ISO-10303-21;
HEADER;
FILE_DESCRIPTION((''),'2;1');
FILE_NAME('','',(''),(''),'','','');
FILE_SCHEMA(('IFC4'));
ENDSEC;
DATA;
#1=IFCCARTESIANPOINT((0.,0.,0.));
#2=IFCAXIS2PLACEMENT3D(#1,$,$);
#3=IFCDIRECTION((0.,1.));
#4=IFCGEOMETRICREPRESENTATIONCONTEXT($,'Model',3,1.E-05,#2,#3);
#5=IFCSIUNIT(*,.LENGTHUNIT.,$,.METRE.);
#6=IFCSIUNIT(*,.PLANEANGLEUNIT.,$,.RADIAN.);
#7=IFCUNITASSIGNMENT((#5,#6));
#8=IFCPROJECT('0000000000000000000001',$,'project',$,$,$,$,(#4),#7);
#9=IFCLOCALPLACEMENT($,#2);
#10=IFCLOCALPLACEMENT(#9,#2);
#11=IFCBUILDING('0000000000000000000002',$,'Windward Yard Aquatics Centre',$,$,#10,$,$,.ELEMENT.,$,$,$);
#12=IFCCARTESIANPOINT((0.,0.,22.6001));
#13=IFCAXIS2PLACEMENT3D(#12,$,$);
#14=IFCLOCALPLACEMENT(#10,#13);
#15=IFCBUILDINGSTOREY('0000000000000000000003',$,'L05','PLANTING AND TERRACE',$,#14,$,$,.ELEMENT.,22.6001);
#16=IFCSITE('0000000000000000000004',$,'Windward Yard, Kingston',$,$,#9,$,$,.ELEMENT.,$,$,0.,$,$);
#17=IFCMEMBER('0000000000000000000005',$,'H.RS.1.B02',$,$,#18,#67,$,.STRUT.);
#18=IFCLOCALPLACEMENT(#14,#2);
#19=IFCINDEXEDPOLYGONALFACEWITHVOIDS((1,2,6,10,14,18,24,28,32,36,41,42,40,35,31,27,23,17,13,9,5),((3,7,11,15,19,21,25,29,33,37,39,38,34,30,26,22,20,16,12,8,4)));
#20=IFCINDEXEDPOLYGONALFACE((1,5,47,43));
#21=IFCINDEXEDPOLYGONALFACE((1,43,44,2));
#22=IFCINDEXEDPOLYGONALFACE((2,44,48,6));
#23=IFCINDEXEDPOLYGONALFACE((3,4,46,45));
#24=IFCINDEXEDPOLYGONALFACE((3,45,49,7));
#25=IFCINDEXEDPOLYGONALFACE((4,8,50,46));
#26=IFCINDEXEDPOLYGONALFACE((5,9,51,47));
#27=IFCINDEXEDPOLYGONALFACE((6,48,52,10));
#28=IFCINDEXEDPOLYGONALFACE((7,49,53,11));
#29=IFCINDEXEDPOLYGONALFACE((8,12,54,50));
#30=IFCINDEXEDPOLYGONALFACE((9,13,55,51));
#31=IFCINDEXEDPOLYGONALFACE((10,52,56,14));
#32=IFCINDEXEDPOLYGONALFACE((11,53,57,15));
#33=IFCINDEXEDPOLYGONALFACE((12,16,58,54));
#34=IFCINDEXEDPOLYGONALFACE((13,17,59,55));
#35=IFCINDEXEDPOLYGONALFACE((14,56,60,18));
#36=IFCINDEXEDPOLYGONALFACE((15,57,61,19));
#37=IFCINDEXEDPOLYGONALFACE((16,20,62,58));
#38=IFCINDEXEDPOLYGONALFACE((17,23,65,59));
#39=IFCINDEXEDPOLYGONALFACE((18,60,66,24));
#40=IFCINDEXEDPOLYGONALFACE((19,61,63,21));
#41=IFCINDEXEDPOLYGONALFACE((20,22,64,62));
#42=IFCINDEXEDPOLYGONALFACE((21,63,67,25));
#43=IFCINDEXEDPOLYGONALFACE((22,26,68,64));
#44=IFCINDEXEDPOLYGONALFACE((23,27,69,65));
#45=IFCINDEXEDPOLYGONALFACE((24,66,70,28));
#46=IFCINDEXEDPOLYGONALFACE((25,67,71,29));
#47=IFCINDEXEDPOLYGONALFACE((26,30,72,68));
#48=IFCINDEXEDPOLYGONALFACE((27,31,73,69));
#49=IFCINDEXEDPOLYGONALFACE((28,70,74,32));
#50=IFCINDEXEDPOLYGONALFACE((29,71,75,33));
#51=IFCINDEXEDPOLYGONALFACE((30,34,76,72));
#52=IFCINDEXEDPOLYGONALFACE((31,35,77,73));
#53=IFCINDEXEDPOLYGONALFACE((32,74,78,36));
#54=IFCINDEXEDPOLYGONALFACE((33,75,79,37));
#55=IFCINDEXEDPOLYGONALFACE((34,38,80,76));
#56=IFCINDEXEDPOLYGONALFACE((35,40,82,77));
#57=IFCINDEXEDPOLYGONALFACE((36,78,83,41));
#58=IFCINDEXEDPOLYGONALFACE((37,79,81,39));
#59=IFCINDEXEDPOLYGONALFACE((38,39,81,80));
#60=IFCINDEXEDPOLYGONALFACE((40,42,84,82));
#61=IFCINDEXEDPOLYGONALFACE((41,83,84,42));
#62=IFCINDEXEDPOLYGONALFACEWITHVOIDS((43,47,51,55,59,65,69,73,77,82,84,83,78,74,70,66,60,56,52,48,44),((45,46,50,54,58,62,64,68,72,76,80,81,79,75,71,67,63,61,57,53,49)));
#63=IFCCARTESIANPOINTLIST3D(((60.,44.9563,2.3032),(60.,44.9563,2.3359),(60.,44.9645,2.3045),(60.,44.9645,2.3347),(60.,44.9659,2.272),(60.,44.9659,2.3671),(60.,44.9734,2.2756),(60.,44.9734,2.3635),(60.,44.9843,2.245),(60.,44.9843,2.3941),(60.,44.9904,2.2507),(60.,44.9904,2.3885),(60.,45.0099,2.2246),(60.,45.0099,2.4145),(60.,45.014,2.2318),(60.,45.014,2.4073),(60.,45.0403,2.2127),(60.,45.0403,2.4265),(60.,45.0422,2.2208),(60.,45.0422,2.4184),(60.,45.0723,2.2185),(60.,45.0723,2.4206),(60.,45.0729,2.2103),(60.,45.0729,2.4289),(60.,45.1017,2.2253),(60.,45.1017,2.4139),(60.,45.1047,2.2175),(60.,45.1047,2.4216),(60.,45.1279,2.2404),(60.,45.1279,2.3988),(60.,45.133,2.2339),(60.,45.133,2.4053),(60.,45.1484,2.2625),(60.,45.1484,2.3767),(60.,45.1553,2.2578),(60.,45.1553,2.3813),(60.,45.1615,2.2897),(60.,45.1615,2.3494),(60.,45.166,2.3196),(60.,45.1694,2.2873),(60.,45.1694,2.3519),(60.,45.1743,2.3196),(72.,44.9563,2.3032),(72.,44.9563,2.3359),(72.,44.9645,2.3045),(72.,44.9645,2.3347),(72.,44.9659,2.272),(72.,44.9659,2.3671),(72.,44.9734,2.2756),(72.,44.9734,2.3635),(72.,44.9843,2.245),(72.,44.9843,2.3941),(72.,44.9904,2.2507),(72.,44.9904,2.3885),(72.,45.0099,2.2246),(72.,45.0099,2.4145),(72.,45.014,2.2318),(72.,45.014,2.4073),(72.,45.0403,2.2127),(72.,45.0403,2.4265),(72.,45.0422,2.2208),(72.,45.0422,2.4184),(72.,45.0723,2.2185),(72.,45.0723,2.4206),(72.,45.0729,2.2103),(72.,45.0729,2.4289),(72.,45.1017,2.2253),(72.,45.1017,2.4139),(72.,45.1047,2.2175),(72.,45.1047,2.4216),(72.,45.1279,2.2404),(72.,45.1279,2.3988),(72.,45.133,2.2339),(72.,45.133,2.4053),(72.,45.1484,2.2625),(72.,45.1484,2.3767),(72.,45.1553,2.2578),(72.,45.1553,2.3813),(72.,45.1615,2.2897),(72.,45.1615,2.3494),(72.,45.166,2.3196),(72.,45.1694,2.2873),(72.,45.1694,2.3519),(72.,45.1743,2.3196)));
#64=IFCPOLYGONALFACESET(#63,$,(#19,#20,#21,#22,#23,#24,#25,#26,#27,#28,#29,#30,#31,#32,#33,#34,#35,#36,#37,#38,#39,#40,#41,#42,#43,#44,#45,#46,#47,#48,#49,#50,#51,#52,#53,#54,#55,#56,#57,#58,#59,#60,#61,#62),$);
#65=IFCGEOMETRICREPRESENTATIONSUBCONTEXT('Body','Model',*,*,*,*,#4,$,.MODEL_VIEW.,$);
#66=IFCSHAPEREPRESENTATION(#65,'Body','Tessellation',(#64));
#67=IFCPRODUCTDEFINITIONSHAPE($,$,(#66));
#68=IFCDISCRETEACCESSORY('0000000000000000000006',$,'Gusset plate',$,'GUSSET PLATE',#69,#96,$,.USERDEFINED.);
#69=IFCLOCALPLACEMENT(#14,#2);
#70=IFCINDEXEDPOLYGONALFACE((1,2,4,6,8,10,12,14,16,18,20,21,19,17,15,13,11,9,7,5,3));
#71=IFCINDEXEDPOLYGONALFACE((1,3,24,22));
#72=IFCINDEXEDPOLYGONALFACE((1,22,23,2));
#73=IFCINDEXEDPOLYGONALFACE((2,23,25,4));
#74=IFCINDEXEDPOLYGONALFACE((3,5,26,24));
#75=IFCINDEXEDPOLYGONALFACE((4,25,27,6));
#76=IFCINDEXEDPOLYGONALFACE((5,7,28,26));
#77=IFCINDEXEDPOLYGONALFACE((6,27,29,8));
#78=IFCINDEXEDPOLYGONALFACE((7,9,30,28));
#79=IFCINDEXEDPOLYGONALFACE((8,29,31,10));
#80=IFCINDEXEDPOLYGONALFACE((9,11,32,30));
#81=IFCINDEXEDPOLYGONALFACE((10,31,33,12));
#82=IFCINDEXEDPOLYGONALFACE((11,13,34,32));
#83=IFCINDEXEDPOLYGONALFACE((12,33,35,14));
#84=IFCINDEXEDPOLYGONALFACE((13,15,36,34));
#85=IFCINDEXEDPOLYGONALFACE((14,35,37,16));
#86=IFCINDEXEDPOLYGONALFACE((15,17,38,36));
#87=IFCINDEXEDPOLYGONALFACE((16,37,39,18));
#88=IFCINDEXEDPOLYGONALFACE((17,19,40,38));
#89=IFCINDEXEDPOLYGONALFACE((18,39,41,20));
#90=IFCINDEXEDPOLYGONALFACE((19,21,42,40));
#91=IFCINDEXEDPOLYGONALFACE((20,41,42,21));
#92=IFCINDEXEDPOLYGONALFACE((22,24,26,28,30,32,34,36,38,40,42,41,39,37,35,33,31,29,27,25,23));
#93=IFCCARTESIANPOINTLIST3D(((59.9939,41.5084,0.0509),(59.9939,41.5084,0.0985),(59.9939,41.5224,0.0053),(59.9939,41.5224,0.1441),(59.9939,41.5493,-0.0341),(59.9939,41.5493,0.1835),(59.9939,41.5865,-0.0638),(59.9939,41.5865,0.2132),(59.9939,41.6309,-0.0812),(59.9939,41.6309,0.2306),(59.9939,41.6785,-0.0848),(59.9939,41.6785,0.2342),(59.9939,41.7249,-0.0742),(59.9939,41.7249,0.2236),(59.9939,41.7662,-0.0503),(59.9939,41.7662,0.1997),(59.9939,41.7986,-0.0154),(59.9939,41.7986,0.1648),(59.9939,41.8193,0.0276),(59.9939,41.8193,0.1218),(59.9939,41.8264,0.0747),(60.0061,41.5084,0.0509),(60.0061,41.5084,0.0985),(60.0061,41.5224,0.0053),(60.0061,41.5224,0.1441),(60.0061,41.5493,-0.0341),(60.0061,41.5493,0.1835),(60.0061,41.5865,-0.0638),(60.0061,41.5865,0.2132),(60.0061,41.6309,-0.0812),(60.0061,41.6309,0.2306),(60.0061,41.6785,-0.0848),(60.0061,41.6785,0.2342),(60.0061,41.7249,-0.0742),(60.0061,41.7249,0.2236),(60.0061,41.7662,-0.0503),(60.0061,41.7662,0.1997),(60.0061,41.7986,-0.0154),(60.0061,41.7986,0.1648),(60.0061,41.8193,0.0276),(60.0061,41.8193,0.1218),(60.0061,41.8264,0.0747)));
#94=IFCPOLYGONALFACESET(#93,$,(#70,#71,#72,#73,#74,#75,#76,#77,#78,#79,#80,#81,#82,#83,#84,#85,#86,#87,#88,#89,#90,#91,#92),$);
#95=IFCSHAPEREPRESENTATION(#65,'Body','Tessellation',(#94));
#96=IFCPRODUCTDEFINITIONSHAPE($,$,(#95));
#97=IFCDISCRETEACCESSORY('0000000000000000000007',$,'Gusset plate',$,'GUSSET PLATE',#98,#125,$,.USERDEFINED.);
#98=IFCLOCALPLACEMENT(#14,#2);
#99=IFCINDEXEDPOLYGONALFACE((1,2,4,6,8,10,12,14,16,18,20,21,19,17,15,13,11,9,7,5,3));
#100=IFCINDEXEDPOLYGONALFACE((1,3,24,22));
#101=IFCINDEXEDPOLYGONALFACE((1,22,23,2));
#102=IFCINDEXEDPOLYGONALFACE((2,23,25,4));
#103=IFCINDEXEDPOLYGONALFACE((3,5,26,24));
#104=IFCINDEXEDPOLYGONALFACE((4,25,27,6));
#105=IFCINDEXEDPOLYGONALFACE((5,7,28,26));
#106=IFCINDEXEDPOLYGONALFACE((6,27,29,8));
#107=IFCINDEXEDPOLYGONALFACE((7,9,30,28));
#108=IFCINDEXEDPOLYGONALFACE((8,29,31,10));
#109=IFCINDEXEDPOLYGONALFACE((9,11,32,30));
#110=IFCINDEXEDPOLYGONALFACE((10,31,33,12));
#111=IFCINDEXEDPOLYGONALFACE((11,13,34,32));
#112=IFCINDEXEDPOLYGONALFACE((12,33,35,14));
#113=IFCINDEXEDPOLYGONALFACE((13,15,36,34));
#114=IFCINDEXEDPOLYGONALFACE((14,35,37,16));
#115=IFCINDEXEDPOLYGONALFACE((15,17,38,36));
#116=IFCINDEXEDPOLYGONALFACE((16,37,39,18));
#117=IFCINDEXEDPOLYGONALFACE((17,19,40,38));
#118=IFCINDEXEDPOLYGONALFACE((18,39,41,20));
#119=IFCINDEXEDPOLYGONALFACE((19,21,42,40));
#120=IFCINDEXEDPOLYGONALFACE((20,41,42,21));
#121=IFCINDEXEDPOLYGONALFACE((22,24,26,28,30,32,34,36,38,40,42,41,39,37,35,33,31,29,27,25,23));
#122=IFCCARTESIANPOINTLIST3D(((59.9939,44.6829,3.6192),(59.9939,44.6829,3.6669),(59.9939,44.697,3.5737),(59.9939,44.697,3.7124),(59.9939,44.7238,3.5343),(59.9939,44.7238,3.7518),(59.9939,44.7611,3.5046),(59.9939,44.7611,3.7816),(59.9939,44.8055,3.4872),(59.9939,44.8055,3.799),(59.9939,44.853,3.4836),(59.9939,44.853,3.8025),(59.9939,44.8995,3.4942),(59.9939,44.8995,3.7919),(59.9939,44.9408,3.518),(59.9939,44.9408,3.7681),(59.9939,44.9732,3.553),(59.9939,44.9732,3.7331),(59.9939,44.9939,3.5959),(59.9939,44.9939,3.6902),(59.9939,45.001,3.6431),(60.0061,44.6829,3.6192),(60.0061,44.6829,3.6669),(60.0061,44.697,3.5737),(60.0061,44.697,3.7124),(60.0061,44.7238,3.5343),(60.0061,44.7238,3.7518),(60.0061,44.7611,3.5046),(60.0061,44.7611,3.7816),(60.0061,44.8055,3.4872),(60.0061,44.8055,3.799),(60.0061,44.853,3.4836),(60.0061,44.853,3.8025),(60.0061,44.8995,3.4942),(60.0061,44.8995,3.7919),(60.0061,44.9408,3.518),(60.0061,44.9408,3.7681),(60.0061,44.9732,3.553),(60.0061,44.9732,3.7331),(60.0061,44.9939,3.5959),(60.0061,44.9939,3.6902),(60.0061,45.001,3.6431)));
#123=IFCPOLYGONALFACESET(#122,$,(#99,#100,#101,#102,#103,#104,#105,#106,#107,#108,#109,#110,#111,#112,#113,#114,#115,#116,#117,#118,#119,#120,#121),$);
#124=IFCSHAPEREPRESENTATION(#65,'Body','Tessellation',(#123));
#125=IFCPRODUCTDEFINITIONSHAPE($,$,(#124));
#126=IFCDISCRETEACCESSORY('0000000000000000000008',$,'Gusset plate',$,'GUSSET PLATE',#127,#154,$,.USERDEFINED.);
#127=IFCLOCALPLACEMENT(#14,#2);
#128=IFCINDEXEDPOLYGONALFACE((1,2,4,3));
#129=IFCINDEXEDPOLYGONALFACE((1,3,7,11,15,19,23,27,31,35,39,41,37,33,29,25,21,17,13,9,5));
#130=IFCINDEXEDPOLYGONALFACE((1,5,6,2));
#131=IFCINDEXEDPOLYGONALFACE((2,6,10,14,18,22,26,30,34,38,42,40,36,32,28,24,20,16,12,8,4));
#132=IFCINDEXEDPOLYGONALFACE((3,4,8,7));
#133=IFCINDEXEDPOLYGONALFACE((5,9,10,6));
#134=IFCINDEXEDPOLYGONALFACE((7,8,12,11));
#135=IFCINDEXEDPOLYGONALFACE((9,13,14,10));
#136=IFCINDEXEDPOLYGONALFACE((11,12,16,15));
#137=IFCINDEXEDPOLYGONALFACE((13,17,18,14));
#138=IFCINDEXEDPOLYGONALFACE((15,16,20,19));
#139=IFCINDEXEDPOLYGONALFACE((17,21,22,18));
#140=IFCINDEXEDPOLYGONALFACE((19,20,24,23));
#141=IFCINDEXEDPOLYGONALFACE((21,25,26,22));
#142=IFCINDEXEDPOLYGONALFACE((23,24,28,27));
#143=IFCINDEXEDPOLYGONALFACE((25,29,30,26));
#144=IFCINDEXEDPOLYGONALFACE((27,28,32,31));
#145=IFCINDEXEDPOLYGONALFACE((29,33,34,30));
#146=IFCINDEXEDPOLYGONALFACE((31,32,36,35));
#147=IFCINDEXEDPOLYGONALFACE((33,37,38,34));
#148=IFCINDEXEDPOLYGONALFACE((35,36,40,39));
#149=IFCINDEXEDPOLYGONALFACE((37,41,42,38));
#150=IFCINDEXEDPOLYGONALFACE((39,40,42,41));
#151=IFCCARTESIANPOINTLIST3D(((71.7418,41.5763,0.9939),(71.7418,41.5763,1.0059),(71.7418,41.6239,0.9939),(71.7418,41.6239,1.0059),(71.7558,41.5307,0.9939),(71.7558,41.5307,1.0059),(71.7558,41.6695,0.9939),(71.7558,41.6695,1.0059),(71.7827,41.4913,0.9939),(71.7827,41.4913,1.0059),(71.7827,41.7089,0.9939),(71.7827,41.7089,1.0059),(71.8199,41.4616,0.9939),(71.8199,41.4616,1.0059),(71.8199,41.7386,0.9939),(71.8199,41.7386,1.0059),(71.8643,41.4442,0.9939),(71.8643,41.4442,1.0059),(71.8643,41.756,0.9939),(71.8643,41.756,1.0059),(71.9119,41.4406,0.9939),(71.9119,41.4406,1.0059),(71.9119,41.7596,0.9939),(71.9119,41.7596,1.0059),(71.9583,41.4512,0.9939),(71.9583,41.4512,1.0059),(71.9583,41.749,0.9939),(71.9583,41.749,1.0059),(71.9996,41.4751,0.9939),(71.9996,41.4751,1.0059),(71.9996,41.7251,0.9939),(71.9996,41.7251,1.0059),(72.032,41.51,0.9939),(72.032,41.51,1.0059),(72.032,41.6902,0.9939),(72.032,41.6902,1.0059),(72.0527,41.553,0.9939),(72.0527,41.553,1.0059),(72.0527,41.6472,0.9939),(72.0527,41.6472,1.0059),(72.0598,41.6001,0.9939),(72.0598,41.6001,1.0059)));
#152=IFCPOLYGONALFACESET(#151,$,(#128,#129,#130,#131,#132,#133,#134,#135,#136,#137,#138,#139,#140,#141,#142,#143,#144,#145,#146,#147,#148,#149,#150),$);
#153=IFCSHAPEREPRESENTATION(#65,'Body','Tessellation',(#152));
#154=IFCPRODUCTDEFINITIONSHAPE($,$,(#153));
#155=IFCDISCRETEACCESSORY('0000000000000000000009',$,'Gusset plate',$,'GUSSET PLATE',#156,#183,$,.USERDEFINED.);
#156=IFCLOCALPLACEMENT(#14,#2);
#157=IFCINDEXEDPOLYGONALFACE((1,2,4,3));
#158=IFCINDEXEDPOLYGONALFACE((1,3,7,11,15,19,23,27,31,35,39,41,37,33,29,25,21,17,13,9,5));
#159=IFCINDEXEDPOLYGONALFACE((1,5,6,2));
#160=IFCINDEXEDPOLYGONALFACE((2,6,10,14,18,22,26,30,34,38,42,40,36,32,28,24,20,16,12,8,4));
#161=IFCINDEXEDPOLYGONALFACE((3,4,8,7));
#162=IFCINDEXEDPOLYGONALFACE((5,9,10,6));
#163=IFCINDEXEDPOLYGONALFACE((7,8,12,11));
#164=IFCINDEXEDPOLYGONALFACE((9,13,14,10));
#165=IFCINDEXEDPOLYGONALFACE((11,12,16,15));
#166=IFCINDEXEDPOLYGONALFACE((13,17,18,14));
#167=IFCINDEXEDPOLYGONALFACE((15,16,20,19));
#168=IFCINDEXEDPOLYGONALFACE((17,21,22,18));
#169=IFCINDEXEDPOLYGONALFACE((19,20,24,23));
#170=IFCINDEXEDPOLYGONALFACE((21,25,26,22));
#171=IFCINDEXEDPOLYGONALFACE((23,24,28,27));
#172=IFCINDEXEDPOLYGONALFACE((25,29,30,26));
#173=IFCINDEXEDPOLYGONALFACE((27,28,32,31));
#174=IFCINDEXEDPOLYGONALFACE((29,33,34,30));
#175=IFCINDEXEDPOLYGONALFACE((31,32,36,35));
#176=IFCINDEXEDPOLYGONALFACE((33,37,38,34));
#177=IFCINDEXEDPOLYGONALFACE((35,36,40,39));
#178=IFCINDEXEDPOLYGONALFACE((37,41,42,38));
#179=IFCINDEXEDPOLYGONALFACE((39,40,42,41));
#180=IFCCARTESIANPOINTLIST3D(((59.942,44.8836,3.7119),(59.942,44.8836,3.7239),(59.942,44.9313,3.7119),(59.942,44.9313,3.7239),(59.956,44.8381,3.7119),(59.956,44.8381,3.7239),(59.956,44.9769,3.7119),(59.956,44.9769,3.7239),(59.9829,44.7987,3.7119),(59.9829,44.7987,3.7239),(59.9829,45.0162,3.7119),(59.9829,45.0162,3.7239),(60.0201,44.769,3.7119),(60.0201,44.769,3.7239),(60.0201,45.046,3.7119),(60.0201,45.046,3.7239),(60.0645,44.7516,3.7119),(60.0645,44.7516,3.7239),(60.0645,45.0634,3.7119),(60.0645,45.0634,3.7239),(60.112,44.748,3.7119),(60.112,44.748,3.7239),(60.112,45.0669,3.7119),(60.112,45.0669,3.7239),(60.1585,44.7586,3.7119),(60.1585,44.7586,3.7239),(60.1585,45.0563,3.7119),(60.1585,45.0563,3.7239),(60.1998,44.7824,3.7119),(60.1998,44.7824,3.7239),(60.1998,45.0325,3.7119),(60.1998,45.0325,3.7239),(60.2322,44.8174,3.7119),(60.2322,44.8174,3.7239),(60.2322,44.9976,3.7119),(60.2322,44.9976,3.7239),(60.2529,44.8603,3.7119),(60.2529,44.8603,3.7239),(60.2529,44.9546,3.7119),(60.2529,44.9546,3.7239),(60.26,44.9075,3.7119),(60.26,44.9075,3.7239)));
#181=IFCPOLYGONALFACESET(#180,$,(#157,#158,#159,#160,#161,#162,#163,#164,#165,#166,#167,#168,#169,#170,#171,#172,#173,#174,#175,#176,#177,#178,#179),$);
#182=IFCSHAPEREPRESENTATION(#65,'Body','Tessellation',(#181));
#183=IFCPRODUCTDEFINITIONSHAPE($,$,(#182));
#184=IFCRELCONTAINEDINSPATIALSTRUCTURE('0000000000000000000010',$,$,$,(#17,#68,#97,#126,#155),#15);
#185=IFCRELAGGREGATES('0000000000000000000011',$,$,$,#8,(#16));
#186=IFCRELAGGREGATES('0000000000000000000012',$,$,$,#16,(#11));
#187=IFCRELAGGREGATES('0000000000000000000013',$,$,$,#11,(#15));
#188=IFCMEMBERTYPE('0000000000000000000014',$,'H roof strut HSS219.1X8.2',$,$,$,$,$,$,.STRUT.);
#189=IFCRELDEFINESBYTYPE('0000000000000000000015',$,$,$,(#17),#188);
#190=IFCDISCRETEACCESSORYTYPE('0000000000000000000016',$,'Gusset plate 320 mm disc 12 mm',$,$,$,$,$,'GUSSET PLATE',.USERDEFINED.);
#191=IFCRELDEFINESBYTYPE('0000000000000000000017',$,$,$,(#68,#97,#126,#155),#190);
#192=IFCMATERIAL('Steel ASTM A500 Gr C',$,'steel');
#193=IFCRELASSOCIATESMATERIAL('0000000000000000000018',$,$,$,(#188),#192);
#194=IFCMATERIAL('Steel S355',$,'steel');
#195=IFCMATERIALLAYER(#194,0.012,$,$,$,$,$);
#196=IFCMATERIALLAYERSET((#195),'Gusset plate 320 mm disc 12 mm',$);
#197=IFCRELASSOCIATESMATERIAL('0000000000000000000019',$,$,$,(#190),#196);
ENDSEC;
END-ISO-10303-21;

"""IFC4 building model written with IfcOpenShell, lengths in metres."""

from ifc_helpers import new_model, si_unit, direction, frame, origin, origin_2d, place, context, subcontext, project, spatial, circle, hollow_circle, extrude, material, layer, layer_set, material_profile, profile_set, type_object, element, save


model = new_model("IFC4")

# Units and contexts
model_context = context("Model", 3, precision=1e-05, world=origin(), true_north=direction((0.0, 1.0)))
body_context = subcontext(model_context, "Body", "Model", "MODEL_VIEW")
ifc_project = project(units=[si_unit("LENGTHUNIT", "METRE"), si_unit("PLANEANGLEUNIT", "RADIAN")], contexts=[model_context])

# Site, building, storey
site_placement = place(None, origin())
site = spatial("IfcSite", under=ifc_project, at=site_placement, Name="Windward Yard, Kingston", CompositionType="ELEMENT", RefElevation=0.0)
building_placement = place(site_placement, origin())
building = spatial("IfcBuilding", under=site, at=building_placement, Name="Windward Yard Aquatics Centre", CompositionType="ELEMENT")
storey_placement = place(building_placement, frame((0.0, 0.0, 22.6001)))
storey = spatial("IfcBuildingStorey", under=building, at=storey_placement, Name="L05", Description="PLANTING AND TERRACE", CompositionType="ELEMENT", Elevation=22.6001)

# Member
ifc_material_1 = material(Name="Steel ASTM A500 Gr C", Category="steel")
ifc_material_profile_1 = material_profile(ifc_material_1, hollow_circle(Radius=0.1096, WallThickness=0.0083, at=origin_2d()), Name="HSS219.1X8.2")
ifc_profile_set_1 = profile_set([ifc_material_profile_1], Name="Steel ASTM A500 Gr C")
member_type_1 = type_object("IfcMemberType", Name="H roof strut HSS219.1X8.2", PredefinedType="STRUT", material=ifc_profile_set_1)
for number, where, z_axis, x_axis, name in (
    (1, (60.0, 45.0647, 2.3196), (1.0, 0.0, 0.0), (0.0, 1.0, 0.0), "H.RS.1.B02"),
):
    element("IfcMember", number, at=place(storey_placement, frame(where, z_axis=z_axis, x_axis=x_axis)), inside=storey, type_object=member_type_1, Name=name, PredefinedType="STRUT", context=body_context, shape_type="SweptSolid", body=[
        extrude(hollow_circle(Radius=0.1096, WallThickness=0.0083, at=origin_2d()), origin(), (0.0, 0.0, 1.0), 12.0),
    ])

# Discrete accessories
ifc_material_2 = material(Name="Steel S355", Category="steel")
ifc_layer_1 = layer(ifc_material_2, 0.012)
ifc_layer_set_1 = layer_set([ifc_layer_1], Name="Gusset plate 320 mm disc 12 mm")
discrete_accessory_type = type_object("IfcDiscreteAccessoryType", Name="Gusset plate 320 mm disc 12 mm", ElementType="GUSSET PLATE", PredefinedType="USERDEFINED", material=ifc_layer_set_1)
for number, where, z_axis, x_axis, name in (
    (2, (59.9939, 41.6665, 0.0747), (1.0, 0.0, 0.0), (0.0, 1.0, 0.0), "Gusset plate"),
    (3, (59.9939, 44.8411, 3.6431), (1.0, 0.0, 0.0), (0.0, 1.0, 0.0), "Gusset plate"),
):
    element("IfcDiscreteAccessory", number, at=place(storey_placement, frame(where, z_axis=z_axis, x_axis=x_axis)), inside=storey, type_object=discrete_accessory_type, Name=name, ObjectType="GUSSET PLATE", PredefinedType="USERDEFINED", context=body_context, shape_type="SweptSolid", body=[
        extrude(circle(Radius=0.1599, at=origin_2d()), origin(), (0.0, 0.0, 1.0), 0.0122),
    ])
for number, where, z_axis, x_axis, name in (
    (4, (71.8999, 41.6001, 0.9939), (0.0, 0.0, 1.0), (1.0, 0.0, 0.0), "Gusset plate"),
    (5, (60.1001, 44.9075, 3.7119), (0.0, 0.0, 1.0), (1.0, 0.0, 0.0), "Gusset plate"),
):
    element("IfcDiscreteAccessory", number, at=place(storey_placement, frame(where, z_axis=z_axis, x_axis=x_axis)), inside=storey, type_object=discrete_accessory_type, Name=name, ObjectType="GUSSET PLATE", PredefinedType="USERDEFINED", context=body_context, shape_type="SweptSolid", body=[
        extrude(circle(Radius=0.1599, at=origin_2d()), origin(), (0.0, 0.0, 1.0), 0.012),
    ])

save(model, "model.ifc")
